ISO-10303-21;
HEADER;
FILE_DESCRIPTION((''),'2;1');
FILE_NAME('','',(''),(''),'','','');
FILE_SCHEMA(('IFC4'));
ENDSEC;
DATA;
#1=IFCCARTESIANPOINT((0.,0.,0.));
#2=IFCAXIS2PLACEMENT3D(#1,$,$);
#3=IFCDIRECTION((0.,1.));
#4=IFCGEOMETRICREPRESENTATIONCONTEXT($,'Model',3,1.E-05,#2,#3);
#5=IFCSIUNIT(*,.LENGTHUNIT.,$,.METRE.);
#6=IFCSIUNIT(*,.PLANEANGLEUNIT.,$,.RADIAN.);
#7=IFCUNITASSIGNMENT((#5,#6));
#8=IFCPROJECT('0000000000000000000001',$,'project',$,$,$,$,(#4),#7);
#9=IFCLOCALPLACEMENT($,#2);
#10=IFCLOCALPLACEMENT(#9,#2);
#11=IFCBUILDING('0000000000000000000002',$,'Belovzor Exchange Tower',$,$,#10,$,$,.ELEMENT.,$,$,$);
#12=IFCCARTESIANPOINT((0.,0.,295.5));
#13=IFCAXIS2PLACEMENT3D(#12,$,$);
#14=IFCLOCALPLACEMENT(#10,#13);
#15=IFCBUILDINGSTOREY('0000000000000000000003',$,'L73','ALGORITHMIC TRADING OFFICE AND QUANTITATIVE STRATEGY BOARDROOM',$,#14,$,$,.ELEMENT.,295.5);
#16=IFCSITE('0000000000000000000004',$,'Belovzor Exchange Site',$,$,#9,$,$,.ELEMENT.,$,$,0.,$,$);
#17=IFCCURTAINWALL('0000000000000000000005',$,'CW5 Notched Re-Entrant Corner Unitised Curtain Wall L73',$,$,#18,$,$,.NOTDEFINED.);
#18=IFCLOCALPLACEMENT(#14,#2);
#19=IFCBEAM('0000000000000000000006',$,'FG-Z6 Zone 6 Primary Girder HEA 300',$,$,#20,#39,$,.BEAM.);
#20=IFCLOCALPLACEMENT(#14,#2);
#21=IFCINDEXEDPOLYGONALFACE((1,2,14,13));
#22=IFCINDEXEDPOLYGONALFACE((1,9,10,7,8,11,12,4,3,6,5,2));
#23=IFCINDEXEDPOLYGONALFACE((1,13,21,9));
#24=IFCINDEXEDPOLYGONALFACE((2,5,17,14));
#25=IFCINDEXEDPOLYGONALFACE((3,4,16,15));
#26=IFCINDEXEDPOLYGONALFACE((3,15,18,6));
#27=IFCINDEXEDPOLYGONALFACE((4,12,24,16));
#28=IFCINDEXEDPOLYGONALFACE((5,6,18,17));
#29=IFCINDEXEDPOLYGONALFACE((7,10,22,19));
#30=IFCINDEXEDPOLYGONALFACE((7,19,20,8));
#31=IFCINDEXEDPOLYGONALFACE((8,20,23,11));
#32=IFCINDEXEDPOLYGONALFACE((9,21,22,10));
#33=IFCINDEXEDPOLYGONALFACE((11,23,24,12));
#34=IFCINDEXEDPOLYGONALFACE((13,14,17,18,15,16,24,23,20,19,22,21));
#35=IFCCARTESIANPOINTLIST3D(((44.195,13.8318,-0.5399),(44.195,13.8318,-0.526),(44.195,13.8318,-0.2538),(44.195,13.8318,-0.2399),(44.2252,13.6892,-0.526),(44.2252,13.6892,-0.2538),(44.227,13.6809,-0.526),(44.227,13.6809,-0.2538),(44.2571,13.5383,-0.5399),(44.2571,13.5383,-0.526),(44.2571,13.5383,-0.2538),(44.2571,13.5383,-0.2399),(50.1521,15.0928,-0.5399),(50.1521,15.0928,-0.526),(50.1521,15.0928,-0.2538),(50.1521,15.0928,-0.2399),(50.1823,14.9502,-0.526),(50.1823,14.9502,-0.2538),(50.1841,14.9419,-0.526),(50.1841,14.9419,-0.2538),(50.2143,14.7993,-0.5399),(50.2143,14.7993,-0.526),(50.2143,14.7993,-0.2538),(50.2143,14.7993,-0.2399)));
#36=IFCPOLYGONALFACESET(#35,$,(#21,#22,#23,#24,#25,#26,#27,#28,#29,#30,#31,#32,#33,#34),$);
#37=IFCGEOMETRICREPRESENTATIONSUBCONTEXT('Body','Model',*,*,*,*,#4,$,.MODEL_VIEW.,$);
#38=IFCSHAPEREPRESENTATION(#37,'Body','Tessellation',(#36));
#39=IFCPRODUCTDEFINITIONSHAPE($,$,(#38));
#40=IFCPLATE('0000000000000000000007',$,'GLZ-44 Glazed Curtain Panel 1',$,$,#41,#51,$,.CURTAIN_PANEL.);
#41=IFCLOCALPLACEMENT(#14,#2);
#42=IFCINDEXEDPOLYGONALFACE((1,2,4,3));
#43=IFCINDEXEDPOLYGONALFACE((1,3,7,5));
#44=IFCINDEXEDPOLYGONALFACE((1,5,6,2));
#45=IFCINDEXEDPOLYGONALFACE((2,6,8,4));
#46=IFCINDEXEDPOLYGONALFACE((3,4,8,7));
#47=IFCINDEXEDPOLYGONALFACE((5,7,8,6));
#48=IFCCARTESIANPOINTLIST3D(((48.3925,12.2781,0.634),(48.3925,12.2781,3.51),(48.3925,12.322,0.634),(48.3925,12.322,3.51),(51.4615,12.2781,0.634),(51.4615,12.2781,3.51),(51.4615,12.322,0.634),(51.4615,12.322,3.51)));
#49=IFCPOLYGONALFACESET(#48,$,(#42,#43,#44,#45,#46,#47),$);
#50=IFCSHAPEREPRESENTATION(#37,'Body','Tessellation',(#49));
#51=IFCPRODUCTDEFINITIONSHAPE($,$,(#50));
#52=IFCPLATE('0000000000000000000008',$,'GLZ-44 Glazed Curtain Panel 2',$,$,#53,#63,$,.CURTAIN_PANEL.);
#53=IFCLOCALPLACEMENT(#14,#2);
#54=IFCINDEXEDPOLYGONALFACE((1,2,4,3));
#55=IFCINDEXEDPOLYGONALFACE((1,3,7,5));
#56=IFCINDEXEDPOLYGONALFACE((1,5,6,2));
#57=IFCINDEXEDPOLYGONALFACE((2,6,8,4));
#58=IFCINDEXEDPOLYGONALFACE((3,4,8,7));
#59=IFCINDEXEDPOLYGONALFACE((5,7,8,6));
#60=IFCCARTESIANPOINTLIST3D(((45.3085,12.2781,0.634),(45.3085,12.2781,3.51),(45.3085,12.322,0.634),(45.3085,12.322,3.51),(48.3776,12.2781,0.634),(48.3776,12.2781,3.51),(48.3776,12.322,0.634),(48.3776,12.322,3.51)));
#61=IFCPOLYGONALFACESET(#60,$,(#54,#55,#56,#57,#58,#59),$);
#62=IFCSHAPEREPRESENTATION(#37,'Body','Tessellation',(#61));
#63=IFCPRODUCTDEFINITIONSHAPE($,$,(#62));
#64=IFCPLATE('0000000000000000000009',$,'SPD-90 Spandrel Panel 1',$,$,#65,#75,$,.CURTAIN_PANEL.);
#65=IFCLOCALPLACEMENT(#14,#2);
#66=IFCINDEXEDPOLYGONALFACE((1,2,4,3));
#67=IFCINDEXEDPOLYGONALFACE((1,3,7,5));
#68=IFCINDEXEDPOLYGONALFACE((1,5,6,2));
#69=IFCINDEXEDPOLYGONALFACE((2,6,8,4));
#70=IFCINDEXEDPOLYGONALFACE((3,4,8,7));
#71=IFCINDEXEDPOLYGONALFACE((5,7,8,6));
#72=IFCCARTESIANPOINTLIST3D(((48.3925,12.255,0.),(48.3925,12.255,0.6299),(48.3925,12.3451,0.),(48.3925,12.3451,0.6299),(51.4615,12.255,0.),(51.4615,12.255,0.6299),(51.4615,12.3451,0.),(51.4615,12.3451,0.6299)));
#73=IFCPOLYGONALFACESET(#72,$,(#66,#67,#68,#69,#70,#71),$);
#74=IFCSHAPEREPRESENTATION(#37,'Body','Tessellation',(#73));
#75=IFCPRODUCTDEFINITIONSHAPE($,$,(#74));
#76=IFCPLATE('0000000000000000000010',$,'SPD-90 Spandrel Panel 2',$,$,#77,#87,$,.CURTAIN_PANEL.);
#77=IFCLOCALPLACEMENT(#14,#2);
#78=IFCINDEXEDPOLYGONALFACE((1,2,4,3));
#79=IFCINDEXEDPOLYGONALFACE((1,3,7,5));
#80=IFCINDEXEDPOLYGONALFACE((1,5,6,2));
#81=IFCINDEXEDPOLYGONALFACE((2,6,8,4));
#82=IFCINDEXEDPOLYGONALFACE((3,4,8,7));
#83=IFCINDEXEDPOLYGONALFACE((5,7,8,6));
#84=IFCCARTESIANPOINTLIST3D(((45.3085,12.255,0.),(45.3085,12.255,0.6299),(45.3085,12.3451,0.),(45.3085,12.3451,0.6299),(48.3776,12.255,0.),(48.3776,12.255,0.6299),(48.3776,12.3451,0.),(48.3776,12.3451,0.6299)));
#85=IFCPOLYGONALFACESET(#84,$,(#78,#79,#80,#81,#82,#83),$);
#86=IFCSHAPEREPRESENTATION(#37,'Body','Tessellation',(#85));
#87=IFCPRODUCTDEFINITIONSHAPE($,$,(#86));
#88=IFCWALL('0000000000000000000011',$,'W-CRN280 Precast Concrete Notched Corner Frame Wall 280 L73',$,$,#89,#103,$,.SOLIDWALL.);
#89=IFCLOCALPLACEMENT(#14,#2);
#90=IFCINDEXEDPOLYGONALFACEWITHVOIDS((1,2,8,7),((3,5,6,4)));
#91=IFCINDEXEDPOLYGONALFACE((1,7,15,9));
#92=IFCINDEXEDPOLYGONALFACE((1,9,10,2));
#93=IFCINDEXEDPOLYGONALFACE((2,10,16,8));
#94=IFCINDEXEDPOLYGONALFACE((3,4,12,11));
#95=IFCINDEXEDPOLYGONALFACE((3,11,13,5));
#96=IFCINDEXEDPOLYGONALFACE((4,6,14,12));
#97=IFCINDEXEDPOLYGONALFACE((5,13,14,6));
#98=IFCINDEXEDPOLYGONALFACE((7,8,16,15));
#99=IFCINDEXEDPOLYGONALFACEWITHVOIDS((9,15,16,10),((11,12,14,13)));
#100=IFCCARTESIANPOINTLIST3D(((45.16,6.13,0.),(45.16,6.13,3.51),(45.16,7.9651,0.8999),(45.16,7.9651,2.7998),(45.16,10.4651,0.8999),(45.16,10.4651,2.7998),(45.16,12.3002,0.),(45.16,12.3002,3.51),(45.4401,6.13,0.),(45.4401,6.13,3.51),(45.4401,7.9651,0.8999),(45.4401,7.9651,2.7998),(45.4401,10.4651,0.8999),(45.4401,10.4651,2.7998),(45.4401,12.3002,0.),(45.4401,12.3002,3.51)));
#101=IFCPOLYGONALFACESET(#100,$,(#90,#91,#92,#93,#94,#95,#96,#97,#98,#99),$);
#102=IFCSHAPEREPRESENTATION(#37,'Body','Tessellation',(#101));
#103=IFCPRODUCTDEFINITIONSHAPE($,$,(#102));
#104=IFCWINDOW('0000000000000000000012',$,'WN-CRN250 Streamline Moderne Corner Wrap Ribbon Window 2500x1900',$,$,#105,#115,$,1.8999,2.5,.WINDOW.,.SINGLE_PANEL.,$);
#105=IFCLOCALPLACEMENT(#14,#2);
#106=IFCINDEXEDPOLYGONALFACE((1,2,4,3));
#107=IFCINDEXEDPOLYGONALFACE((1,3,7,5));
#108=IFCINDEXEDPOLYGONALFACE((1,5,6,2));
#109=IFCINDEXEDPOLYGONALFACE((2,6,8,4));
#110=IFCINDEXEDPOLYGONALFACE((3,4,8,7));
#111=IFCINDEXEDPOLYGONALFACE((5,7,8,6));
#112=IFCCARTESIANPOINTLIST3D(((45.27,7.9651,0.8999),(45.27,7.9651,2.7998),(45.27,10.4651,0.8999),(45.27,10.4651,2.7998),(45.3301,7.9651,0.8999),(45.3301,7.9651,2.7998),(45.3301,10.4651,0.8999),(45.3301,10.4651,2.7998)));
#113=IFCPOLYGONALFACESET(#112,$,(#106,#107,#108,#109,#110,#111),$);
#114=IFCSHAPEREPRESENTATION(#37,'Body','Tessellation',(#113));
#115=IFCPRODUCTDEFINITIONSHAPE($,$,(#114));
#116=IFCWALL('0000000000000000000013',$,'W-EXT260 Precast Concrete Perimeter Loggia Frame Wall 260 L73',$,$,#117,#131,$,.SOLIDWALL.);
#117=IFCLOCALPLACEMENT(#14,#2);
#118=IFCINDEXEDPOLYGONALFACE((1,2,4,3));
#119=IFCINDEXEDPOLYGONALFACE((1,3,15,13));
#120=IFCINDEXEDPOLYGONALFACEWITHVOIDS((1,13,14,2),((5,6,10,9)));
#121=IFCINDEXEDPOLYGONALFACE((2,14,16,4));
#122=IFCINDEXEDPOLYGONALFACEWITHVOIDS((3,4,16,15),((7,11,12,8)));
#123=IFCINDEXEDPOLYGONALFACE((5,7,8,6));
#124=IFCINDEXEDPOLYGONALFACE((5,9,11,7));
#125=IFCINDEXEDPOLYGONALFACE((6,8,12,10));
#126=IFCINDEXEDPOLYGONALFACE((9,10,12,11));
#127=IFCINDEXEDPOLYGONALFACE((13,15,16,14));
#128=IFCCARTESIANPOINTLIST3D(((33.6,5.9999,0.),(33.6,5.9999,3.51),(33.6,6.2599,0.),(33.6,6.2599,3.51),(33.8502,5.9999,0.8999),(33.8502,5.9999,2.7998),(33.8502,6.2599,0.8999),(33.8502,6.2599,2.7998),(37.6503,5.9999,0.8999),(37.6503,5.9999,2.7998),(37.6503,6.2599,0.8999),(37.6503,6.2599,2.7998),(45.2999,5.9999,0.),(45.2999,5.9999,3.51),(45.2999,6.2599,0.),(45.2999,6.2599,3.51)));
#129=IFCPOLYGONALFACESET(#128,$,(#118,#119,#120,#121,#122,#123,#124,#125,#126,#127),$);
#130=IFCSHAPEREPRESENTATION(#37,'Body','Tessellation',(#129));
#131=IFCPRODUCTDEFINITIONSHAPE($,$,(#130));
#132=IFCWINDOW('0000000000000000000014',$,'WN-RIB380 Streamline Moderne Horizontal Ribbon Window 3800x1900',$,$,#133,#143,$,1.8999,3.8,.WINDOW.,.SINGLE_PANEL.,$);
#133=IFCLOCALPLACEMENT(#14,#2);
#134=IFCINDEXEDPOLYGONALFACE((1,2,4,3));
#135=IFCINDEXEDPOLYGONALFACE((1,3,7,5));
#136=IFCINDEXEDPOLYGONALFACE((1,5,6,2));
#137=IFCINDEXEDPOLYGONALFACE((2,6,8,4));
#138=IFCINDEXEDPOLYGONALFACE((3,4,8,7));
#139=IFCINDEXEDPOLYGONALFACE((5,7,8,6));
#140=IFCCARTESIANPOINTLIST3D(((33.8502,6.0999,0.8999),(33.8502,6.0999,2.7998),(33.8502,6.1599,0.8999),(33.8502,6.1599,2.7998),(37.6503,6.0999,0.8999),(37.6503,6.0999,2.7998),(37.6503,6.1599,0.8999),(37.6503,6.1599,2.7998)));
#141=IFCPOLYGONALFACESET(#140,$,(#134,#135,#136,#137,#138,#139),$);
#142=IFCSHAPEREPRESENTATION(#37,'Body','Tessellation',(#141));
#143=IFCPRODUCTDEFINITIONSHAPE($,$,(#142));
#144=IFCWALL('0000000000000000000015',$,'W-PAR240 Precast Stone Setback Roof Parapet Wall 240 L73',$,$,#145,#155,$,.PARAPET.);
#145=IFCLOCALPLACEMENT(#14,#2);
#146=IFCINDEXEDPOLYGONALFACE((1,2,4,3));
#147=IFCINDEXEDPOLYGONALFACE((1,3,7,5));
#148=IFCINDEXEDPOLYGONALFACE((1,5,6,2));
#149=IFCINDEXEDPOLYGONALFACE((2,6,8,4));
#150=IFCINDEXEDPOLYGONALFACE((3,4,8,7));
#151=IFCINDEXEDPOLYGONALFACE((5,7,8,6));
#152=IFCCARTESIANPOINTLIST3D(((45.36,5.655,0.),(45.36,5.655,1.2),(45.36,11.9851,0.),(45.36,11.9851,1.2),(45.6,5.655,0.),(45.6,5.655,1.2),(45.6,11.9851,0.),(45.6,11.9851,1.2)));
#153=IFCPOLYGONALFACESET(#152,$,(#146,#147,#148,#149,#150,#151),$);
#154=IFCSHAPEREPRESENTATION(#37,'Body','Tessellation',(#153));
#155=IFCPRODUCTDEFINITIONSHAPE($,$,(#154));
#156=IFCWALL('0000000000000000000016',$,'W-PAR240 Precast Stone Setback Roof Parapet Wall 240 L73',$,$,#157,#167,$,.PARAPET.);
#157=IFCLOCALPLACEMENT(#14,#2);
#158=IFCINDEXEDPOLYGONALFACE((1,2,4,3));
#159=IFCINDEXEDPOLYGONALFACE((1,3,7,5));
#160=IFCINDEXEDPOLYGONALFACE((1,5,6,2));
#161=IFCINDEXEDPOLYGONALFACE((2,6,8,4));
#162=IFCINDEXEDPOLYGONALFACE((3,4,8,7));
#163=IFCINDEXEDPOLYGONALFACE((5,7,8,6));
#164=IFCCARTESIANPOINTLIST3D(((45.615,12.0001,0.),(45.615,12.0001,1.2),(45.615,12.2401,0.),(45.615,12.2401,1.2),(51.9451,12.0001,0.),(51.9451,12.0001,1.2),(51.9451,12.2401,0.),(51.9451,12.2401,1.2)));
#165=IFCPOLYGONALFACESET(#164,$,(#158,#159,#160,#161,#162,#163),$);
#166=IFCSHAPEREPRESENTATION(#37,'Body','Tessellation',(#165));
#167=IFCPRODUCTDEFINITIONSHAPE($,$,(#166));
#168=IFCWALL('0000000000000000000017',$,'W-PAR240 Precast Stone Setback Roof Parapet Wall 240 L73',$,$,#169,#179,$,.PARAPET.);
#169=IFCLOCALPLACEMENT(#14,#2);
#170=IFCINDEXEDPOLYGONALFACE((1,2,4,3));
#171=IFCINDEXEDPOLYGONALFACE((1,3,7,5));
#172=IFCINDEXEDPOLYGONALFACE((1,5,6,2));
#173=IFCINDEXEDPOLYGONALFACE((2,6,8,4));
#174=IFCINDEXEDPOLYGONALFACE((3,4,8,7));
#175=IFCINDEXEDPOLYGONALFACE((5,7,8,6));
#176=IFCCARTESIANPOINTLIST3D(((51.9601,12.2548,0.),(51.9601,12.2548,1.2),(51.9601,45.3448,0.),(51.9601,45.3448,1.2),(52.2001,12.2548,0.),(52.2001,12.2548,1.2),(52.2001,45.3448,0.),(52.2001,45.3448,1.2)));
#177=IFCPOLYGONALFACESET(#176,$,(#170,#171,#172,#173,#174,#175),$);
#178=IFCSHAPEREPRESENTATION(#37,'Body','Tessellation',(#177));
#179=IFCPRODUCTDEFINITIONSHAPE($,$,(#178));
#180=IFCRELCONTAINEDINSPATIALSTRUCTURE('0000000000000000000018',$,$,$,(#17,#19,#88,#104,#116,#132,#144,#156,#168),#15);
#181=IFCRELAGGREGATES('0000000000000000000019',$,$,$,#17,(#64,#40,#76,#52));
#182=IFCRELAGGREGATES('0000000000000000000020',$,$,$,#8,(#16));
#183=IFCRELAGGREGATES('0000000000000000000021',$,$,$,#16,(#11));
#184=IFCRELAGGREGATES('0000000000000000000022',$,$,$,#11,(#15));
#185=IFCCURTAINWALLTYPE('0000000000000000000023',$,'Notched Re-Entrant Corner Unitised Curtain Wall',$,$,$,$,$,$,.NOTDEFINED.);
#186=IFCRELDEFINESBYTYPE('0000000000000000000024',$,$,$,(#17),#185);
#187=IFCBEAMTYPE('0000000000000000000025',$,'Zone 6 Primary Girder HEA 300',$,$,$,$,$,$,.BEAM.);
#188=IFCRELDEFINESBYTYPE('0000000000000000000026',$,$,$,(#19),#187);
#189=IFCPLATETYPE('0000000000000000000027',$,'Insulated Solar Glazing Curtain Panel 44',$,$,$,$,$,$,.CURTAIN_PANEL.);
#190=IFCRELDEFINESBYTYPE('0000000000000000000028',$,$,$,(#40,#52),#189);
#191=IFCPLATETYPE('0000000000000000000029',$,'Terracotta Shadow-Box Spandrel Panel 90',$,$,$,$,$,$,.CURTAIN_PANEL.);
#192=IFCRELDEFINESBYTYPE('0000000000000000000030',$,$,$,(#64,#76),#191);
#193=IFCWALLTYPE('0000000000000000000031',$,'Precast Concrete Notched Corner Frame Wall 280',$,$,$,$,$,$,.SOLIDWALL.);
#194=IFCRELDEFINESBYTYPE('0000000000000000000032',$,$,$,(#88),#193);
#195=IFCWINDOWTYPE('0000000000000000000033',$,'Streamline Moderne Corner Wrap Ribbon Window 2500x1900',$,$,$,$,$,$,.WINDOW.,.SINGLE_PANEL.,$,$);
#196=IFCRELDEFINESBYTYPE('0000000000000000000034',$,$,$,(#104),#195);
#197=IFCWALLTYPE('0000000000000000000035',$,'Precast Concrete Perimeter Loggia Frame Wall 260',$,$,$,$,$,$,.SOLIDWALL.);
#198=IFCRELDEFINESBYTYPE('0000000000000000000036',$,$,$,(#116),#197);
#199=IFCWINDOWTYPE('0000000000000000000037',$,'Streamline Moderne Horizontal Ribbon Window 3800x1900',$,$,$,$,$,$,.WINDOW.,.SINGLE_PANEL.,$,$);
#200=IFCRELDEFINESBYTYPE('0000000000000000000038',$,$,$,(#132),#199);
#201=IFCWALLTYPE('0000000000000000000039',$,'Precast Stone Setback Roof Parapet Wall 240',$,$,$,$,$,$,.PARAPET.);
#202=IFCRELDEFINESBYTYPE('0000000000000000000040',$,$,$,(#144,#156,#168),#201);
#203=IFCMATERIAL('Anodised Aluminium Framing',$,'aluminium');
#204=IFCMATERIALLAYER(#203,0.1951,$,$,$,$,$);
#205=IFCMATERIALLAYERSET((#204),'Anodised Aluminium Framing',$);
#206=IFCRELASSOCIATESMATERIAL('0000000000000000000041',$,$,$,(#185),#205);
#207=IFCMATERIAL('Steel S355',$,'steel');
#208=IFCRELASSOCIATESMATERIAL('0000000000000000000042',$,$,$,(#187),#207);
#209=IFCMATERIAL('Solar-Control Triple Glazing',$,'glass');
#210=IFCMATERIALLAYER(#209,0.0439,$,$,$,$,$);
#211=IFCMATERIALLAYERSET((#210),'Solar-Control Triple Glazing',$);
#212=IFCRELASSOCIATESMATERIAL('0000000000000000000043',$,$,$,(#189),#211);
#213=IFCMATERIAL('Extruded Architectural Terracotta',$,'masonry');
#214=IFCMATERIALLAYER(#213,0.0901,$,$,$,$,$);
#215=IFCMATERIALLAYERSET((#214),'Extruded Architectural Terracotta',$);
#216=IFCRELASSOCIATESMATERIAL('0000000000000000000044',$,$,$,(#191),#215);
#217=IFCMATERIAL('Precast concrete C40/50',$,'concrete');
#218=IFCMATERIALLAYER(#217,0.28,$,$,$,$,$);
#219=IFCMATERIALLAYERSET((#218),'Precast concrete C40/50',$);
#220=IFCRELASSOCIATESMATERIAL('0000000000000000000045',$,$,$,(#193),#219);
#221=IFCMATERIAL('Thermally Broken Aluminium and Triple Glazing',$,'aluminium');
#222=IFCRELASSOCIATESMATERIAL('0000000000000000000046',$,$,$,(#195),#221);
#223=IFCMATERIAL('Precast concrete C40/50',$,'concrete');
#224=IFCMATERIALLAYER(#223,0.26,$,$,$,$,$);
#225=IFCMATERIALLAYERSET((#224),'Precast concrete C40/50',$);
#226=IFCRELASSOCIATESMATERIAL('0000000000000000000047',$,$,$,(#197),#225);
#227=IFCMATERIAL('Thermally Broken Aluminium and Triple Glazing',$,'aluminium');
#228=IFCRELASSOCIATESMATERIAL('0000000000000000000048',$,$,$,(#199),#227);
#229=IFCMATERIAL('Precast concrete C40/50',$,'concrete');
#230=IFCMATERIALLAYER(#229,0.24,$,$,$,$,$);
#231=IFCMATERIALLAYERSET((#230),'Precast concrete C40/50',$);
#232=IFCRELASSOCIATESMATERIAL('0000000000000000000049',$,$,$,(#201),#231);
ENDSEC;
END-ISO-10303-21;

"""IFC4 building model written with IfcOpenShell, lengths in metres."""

from ifc_helpers import new_model, si_unit, direction, frame, frame_2d, origin, origin_2d, place, context, subcontext, project, spatial, rectangle, i_section, extrude, material, layer, layer_set, material_profile, profile_set, type_object, element, fill, aggregate, save


model = new_model("IFC4")

# Units and contexts
model_context = context("Model", 3, precision=1e-05, world=origin(), true_north=direction((0.0, 1.0)))
body_context = subcontext(model_context, "Body", "Model", "MODEL_VIEW")
ifc_project = project(units=[si_unit("LENGTHUNIT", "METRE"), si_unit("PLANEANGLEUNIT", "RADIAN")], contexts=[model_context])

# Site, building, storey
site_placement = place(None, origin())
site = spatial("IfcSite", under=ifc_project, at=site_placement, Name="Belovzor Exchange Site", CompositionType="ELEMENT", RefElevation=0.0)
building_placement = place(site_placement, origin())
building = spatial("IfcBuilding", under=site, at=building_placement, Name="Belovzor Exchange Tower", CompositionType="ELEMENT")
storey_placement = place(building_placement, frame((0.0, 0.0, 295.5)))
storey = spatial("IfcBuildingStorey", under=building, at=storey_placement, Name="L73", Description="ALGORITHMIC TRADING OFFICE AND QUANTITATIVE STRATEGY BOARDROOM", CompositionType="ELEMENT", Elevation=295.5)

# Curtain wall
ifc_material_1 = material(Name="Anodised Aluminium Framing", Category="aluminium")
ifc_layer_1 = layer(ifc_material_1, 0.1951)
ifc_layer_set_1 = layer_set([ifc_layer_1], Name="Anodised Aluminium Framing")
curtain_wall_type = type_object("IfcCurtainWallType", Name="Notched Re-Entrant Corner Unitised Curtain Wall", PredefinedType="NOTDEFINED", material=ifc_layer_set_1)
curtain_wall_placement = place(storey_placement, origin())
curtain_wall = element("IfcCurtainWall", 1, at=curtain_wall_placement, inside=storey, type_object=curtain_wall_type, Name="CW5 Notched Re-Entrant Corner Unitised Curtain Wall L73", PredefinedType="NOTDEFINED")

# Beam
ifc_material_2 = material(Name="Steel S355", Category="steel")
ifc_material_profile_1 = material_profile(ifc_material_2, i_section(OverallWidth=0.3, OverallDepth=0.3, WebThickness=0.0085, FlangeThickness=0.0139, at=origin_2d()))
ifc_profile_set_1 = profile_set([ifc_material_profile_1], Name="Steel S355")
beam_type_1 = type_object("IfcBeamType", Name="Zone 6 Primary Girder HEA 300", PredefinedType="BEAM", material=ifc_profile_set_1)
beam_1_placement = place(storey_placement, frame((44.2261, 13.6851, -0.3899), z_axis=(0.978322, 0.207091, 0.0), x_axis=(-0.207091, 0.978322, 0.0)))
element("IfcBeam", 2, at=beam_1_placement, inside=storey, type_object=beam_type_1, Name="FG-Z6 Zone 6 Primary Girder HEA 300", PredefinedType="BEAM", context=body_context, shape_type="SweptSolid", body=[
    extrude(i_section(OverallWidth=0.3, OverallDepth=0.3, WebThickness=0.0085, FlangeThickness=0.0139, at=origin_2d()), origin(), (0.0, 0.0, 1.0), 6.0891),
])

# Plates
ifc_material_3 = material(Name="Solar-Control Triple Glazing", Category="glass")
ifc_layer_2 = layer(ifc_material_3, 0.0439)
ifc_layer_set_2 = layer_set([ifc_layer_2], Name="Solar-Control Triple Glazing")
plate_type_1 = type_object("IfcPlateType", Name="Insulated Solar Glazing Curtain Panel 44", PredefinedType="CURTAIN_PANEL", material=ifc_layer_set_2)
plate_1_placement = place(storey_placement, frame((49.927, 12.3, 0.634), z_axis=(0.0, 0.0, 1.0), x_axis=(-1.0, 0.0, 0.0)))
plate_1 = element("IfcPlate", 3, at=plate_1_placement, type_object=plate_type_1, Name="GLZ-44 Glazed Curtain Panel 1", PredefinedType="CURTAIN_PANEL", context=body_context, shape_type="SweptSolid", body=[
    extrude(rectangle(XDim=3.0691, YDim=0.0439, at=origin_2d()), origin(), (0.0, 0.0, 1.0), 2.876),
])
plate_2_placement = place(storey_placement, frame((46.843, 12.3, 0.634), z_axis=(0.0, 0.0, 1.0), x_axis=(-1.0, 0.0, 0.0)))
plate_2 = element("IfcPlate", 4, at=plate_2_placement, type_object=plate_type_1, Name="GLZ-44 Glazed Curtain Panel 2", PredefinedType="CURTAIN_PANEL", context=body_context, shape_type="SweptSolid", body=[
    extrude(rectangle(XDim=3.0691, YDim=0.0439, at=origin_2d()), origin(), (0.0, 0.0, 1.0), 2.876),
])
ifc_material_4 = material(Name="Extruded Architectural Terracotta", Category="masonry")
ifc_layer_3 = layer(ifc_material_4, 0.0901)
ifc_layer_set_3 = layer_set([ifc_layer_3], Name="Extruded Architectural Terracotta")
plate_type_2 = type_object("IfcPlateType", Name="Terracotta Shadow-Box Spandrel Panel 90", PredefinedType="CURTAIN_PANEL", material=ifc_layer_set_3)
plate_3_placement = place(storey_placement, frame((49.927, 12.3, 0.0), z_axis=(0.0, 0.0, 1.0), x_axis=(-1.0, 0.0, 0.0)))
plate_3 = element("IfcPlate", 5, at=plate_3_placement, type_object=plate_type_2, Name="SPD-90 Spandrel Panel 1", PredefinedType="CURTAIN_PANEL", context=body_context, shape_type="SweptSolid", body=[
    extrude(rectangle(XDim=3.0691, YDim=0.0901, at=origin_2d()), origin(), (0.0, 0.0, 1.0), 0.6299),
])
plate_4_placement = place(storey_placement, frame((46.843, 12.3, 0.0), z_axis=(0.0, 0.0, 1.0), x_axis=(-1.0, 0.0, 0.0)))
plate_4 = element("IfcPlate", 6, at=plate_4_placement, type_object=plate_type_2, Name="SPD-90 Spandrel Panel 2", PredefinedType="CURTAIN_PANEL", context=body_context, shape_type="SweptSolid", body=[
    extrude(rectangle(XDim=3.0691, YDim=0.0901, at=origin_2d()), origin(), (0.0, 0.0, 1.0), 0.6299),
])
aggregate(curtain_wall, [plate_3, plate_1, plate_4, plate_2])

# Walls, openings, windows
ifc_material_5 = material(Name="Precast concrete C40/50", Category="concrete")
ifc_layer_4 = layer(ifc_material_5, 0.28)
ifc_layer_set_4 = layer_set([ifc_layer_4], Name="Precast concrete C40/50")
wall_type_1 = type_object("IfcWallType", Name="Precast Concrete Notched Corner Frame Wall 280", PredefinedType="SOLIDWALL", material=ifc_layer_set_4)
wall_1_placement = place(storey_placement, frame((45.3, 12.3, 0.0), z_axis=(0.0, 0.0, 1.0), x_axis=(0.0, -1.0, 0.0)))
wall_1 = element("IfcWall", 7, at=wall_1_placement, inside=storey, type_object=wall_type_1, Name="W-CRN280 Precast Concrete Notched Corner Frame Wall 280 L73", PredefinedType="SOLIDWALL", context=body_context, shape_type="SweptSolid", body=[
    extrude(rectangle(XDim=6.1702, YDim=0.28, at=frame_2d((3.085, 0.0))), origin(), (0.0, 0.0, 1.0), 3.51),
])
opening_1_placement = place(wall_1_placement, frame((1.835, 0.0, 0.8999)))
opening_1 = element("IfcOpeningElement", 8, at=opening_1_placement, cuts=wall_1, PredefinedType="OPENING", context=body_context, shape_type="SweptSolid", body=[
    extrude(rectangle(XDim=2.5, YDim=1.8999, at=frame_2d((1.25, 0.95))), frame((0.0, 0.1499, 0.0), z_axis=(0.0, -1.0, 0.0), x_axis=(1.0, 0.0, 0.0)), (0.0, 0.0, 1.0), 0.3),
])
ifc_material_6 = material(Name="Thermally Broken Aluminium and Triple Glazing", Category="aluminium")
window_type_1 = type_object("IfcWindowType", Name="Streamline Moderne Corner Wrap Ribbon Window 2500x1900", PartitioningType="SINGLE_PANEL", PredefinedType="WINDOW", material=ifc_material_6)
window_1_placement = place(opening_1_placement, origin())
window_1 = element("IfcWindow", 9, at=window_1_placement, inside=storey, type_object=window_type_1, Name="WN-CRN250 Streamline Moderne Corner Wrap Ribbon Window 2500x1900", OverallHeight=1.8999, OverallWidth=2.5, PartitioningType="SINGLE_PANEL", PredefinedType="WINDOW", context=body_context, shape_type="SweptSolid", body=[
    extrude(rectangle(XDim=2.5, YDim=1.8999, at=frame_2d((1.25, 0.95))), frame((0.0, 0.03, 0.0), z_axis=(0.0, -1.0, 0.0), x_axis=(1.0, 0.0, 0.0)), (0.0, 0.0, 1.0), 0.0601),
])
fill(opening_1, window_1)
ifc_material_7 = material(Name="Precast concrete C40/50", Category="concrete")
ifc_layer_5 = layer(ifc_material_7, 0.26)
ifc_layer_set_5 = layer_set([ifc_layer_5], Name="Precast concrete C40/50")
wall_type_2 = type_object("IfcWallType", Name="Precast Concrete Perimeter Loggia Frame Wall 260", PredefinedType="SOLIDWALL", material=ifc_layer_set_5)
wall_2_placement = place(storey_placement, frame((45.3, 6.1299, 0.0), z_axis=(0.0, 0.0, 1.0), x_axis=(-1.0, 0.0, 0.0)))
wall_2 = element("IfcWall", 10, at=wall_2_placement, inside=storey, type_object=wall_type_2, Name="W-EXT260 Precast Concrete Perimeter Loggia Frame Wall 260 L73", PredefinedType="SOLIDWALL", context=body_context, shape_type="SweptSolid", body=[
    extrude(rectangle(XDim=11.7, YDim=0.26, at=frame_2d((5.8501, 0.0))), origin(), (0.0, 0.0, 1.0), 3.51),
])
opening_2_placement = place(wall_2_placement, frame((7.6499, 0.0, 0.8999)))
opening_2 = element("IfcOpeningElement", 11, at=opening_2_placement, cuts=wall_2, PredefinedType="OPENING", context=body_context, shape_type="SweptSolid", body=[
    extrude(rectangle(XDim=3.8, YDim=1.8999, at=frame_2d((1.8999, 0.95))), frame((0.0, 0.1399, 0.0), z_axis=(0.0, -1.0, 0.0), x_axis=(1.0, 0.0, 0.0)), (0.0, 0.0, 1.0), 0.28),
])
ifc_material_8 = material(Name="Thermally Broken Aluminium and Triple Glazing", Category="aluminium")
window_type_2 = type_object("IfcWindowType", Name="Streamline Moderne Horizontal Ribbon Window 3800x1900", PartitioningType="SINGLE_PANEL", PredefinedType="WINDOW", material=ifc_material_8)
window_2_placement = place(opening_2_placement, origin())
window_2 = element("IfcWindow", 12, at=window_2_placement, inside=storey, type_object=window_type_2, Name="WN-RIB380 Streamline Moderne Horizontal Ribbon Window 3800x1900", OverallHeight=1.8999, OverallWidth=3.8, PartitioningType="SINGLE_PANEL", PredefinedType="WINDOW", context=body_context, shape_type="SweptSolid", body=[
    extrude(rectangle(XDim=3.8, YDim=1.8999, at=frame_2d((1.8999, 0.95))), frame((0.0, 0.03, 0.0), z_axis=(0.0, -1.0, 0.0), x_axis=(1.0, 0.0, 0.0)), (0.0, 0.0, 1.0), 0.0601),
])
fill(opening_2, window_2)

# Walls
ifc_material_9 = material(Name="Precast concrete C40/50", Category="concrete")
ifc_layer_6 = layer(ifc_material_9, 0.24)
ifc_layer_set_6 = layer_set([ifc_layer_6], Name="Precast concrete C40/50")
wall_type_3 = type_object("IfcWallType", Name="Precast Stone Setback Roof Parapet Wall 240", PredefinedType="PARAPET", material=ifc_layer_set_6)
for number, where, z_axis, x_axis, name in (
    (13, (45.48, 5.655, 0.0), (0.0, 0.0, 1.0), (0.0, 1.0, 0.0), "W-PAR240 Precast Stone Setback Roof Parapet Wall 240 L73"),
    (14, (45.615, 12.1201, 0.0), (0.0, 0.0, 1.0), (1.0, 0.0, 0.0), "W-PAR240 Precast Stone Setback Roof Parapet Wall 240 L73"),
):
    element("IfcWall", number, at=place(storey_placement, frame(where, z_axis=z_axis, x_axis=x_axis)), inside=storey, type_object=wall_type_3, Name=name, PredefinedType="PARAPET", context=body_context, shape_type="SweptSolid", body=[
        extrude(rectangle(XDim=6.3301, YDim=0.24, at=frame_2d((3.165, 0.0))), origin(), (0.0, 0.0, 1.0), 1.2),
    ])
wall_3_placement = place(storey_placement, frame((52.0801, 12.2549, 0.0), z_axis=(0.0, 0.0, 1.0), x_axis=(0.0, 1.0, 0.0)))
element("IfcWall", 15, at=wall_3_placement, inside=storey, type_object=wall_type_3, Name="W-PAR240 Precast Stone Setback Roof Parapet Wall 240 L73", PredefinedType="PARAPET", context=body_context, shape_type="SweptSolid", body=[
    extrude(rectangle(XDim=33.0901, YDim=0.24, at=frame_2d((16.5449, 0.0))), origin(), (0.0, 0.0, 1.0), 1.2),
])

save(model, "model.ifc")
